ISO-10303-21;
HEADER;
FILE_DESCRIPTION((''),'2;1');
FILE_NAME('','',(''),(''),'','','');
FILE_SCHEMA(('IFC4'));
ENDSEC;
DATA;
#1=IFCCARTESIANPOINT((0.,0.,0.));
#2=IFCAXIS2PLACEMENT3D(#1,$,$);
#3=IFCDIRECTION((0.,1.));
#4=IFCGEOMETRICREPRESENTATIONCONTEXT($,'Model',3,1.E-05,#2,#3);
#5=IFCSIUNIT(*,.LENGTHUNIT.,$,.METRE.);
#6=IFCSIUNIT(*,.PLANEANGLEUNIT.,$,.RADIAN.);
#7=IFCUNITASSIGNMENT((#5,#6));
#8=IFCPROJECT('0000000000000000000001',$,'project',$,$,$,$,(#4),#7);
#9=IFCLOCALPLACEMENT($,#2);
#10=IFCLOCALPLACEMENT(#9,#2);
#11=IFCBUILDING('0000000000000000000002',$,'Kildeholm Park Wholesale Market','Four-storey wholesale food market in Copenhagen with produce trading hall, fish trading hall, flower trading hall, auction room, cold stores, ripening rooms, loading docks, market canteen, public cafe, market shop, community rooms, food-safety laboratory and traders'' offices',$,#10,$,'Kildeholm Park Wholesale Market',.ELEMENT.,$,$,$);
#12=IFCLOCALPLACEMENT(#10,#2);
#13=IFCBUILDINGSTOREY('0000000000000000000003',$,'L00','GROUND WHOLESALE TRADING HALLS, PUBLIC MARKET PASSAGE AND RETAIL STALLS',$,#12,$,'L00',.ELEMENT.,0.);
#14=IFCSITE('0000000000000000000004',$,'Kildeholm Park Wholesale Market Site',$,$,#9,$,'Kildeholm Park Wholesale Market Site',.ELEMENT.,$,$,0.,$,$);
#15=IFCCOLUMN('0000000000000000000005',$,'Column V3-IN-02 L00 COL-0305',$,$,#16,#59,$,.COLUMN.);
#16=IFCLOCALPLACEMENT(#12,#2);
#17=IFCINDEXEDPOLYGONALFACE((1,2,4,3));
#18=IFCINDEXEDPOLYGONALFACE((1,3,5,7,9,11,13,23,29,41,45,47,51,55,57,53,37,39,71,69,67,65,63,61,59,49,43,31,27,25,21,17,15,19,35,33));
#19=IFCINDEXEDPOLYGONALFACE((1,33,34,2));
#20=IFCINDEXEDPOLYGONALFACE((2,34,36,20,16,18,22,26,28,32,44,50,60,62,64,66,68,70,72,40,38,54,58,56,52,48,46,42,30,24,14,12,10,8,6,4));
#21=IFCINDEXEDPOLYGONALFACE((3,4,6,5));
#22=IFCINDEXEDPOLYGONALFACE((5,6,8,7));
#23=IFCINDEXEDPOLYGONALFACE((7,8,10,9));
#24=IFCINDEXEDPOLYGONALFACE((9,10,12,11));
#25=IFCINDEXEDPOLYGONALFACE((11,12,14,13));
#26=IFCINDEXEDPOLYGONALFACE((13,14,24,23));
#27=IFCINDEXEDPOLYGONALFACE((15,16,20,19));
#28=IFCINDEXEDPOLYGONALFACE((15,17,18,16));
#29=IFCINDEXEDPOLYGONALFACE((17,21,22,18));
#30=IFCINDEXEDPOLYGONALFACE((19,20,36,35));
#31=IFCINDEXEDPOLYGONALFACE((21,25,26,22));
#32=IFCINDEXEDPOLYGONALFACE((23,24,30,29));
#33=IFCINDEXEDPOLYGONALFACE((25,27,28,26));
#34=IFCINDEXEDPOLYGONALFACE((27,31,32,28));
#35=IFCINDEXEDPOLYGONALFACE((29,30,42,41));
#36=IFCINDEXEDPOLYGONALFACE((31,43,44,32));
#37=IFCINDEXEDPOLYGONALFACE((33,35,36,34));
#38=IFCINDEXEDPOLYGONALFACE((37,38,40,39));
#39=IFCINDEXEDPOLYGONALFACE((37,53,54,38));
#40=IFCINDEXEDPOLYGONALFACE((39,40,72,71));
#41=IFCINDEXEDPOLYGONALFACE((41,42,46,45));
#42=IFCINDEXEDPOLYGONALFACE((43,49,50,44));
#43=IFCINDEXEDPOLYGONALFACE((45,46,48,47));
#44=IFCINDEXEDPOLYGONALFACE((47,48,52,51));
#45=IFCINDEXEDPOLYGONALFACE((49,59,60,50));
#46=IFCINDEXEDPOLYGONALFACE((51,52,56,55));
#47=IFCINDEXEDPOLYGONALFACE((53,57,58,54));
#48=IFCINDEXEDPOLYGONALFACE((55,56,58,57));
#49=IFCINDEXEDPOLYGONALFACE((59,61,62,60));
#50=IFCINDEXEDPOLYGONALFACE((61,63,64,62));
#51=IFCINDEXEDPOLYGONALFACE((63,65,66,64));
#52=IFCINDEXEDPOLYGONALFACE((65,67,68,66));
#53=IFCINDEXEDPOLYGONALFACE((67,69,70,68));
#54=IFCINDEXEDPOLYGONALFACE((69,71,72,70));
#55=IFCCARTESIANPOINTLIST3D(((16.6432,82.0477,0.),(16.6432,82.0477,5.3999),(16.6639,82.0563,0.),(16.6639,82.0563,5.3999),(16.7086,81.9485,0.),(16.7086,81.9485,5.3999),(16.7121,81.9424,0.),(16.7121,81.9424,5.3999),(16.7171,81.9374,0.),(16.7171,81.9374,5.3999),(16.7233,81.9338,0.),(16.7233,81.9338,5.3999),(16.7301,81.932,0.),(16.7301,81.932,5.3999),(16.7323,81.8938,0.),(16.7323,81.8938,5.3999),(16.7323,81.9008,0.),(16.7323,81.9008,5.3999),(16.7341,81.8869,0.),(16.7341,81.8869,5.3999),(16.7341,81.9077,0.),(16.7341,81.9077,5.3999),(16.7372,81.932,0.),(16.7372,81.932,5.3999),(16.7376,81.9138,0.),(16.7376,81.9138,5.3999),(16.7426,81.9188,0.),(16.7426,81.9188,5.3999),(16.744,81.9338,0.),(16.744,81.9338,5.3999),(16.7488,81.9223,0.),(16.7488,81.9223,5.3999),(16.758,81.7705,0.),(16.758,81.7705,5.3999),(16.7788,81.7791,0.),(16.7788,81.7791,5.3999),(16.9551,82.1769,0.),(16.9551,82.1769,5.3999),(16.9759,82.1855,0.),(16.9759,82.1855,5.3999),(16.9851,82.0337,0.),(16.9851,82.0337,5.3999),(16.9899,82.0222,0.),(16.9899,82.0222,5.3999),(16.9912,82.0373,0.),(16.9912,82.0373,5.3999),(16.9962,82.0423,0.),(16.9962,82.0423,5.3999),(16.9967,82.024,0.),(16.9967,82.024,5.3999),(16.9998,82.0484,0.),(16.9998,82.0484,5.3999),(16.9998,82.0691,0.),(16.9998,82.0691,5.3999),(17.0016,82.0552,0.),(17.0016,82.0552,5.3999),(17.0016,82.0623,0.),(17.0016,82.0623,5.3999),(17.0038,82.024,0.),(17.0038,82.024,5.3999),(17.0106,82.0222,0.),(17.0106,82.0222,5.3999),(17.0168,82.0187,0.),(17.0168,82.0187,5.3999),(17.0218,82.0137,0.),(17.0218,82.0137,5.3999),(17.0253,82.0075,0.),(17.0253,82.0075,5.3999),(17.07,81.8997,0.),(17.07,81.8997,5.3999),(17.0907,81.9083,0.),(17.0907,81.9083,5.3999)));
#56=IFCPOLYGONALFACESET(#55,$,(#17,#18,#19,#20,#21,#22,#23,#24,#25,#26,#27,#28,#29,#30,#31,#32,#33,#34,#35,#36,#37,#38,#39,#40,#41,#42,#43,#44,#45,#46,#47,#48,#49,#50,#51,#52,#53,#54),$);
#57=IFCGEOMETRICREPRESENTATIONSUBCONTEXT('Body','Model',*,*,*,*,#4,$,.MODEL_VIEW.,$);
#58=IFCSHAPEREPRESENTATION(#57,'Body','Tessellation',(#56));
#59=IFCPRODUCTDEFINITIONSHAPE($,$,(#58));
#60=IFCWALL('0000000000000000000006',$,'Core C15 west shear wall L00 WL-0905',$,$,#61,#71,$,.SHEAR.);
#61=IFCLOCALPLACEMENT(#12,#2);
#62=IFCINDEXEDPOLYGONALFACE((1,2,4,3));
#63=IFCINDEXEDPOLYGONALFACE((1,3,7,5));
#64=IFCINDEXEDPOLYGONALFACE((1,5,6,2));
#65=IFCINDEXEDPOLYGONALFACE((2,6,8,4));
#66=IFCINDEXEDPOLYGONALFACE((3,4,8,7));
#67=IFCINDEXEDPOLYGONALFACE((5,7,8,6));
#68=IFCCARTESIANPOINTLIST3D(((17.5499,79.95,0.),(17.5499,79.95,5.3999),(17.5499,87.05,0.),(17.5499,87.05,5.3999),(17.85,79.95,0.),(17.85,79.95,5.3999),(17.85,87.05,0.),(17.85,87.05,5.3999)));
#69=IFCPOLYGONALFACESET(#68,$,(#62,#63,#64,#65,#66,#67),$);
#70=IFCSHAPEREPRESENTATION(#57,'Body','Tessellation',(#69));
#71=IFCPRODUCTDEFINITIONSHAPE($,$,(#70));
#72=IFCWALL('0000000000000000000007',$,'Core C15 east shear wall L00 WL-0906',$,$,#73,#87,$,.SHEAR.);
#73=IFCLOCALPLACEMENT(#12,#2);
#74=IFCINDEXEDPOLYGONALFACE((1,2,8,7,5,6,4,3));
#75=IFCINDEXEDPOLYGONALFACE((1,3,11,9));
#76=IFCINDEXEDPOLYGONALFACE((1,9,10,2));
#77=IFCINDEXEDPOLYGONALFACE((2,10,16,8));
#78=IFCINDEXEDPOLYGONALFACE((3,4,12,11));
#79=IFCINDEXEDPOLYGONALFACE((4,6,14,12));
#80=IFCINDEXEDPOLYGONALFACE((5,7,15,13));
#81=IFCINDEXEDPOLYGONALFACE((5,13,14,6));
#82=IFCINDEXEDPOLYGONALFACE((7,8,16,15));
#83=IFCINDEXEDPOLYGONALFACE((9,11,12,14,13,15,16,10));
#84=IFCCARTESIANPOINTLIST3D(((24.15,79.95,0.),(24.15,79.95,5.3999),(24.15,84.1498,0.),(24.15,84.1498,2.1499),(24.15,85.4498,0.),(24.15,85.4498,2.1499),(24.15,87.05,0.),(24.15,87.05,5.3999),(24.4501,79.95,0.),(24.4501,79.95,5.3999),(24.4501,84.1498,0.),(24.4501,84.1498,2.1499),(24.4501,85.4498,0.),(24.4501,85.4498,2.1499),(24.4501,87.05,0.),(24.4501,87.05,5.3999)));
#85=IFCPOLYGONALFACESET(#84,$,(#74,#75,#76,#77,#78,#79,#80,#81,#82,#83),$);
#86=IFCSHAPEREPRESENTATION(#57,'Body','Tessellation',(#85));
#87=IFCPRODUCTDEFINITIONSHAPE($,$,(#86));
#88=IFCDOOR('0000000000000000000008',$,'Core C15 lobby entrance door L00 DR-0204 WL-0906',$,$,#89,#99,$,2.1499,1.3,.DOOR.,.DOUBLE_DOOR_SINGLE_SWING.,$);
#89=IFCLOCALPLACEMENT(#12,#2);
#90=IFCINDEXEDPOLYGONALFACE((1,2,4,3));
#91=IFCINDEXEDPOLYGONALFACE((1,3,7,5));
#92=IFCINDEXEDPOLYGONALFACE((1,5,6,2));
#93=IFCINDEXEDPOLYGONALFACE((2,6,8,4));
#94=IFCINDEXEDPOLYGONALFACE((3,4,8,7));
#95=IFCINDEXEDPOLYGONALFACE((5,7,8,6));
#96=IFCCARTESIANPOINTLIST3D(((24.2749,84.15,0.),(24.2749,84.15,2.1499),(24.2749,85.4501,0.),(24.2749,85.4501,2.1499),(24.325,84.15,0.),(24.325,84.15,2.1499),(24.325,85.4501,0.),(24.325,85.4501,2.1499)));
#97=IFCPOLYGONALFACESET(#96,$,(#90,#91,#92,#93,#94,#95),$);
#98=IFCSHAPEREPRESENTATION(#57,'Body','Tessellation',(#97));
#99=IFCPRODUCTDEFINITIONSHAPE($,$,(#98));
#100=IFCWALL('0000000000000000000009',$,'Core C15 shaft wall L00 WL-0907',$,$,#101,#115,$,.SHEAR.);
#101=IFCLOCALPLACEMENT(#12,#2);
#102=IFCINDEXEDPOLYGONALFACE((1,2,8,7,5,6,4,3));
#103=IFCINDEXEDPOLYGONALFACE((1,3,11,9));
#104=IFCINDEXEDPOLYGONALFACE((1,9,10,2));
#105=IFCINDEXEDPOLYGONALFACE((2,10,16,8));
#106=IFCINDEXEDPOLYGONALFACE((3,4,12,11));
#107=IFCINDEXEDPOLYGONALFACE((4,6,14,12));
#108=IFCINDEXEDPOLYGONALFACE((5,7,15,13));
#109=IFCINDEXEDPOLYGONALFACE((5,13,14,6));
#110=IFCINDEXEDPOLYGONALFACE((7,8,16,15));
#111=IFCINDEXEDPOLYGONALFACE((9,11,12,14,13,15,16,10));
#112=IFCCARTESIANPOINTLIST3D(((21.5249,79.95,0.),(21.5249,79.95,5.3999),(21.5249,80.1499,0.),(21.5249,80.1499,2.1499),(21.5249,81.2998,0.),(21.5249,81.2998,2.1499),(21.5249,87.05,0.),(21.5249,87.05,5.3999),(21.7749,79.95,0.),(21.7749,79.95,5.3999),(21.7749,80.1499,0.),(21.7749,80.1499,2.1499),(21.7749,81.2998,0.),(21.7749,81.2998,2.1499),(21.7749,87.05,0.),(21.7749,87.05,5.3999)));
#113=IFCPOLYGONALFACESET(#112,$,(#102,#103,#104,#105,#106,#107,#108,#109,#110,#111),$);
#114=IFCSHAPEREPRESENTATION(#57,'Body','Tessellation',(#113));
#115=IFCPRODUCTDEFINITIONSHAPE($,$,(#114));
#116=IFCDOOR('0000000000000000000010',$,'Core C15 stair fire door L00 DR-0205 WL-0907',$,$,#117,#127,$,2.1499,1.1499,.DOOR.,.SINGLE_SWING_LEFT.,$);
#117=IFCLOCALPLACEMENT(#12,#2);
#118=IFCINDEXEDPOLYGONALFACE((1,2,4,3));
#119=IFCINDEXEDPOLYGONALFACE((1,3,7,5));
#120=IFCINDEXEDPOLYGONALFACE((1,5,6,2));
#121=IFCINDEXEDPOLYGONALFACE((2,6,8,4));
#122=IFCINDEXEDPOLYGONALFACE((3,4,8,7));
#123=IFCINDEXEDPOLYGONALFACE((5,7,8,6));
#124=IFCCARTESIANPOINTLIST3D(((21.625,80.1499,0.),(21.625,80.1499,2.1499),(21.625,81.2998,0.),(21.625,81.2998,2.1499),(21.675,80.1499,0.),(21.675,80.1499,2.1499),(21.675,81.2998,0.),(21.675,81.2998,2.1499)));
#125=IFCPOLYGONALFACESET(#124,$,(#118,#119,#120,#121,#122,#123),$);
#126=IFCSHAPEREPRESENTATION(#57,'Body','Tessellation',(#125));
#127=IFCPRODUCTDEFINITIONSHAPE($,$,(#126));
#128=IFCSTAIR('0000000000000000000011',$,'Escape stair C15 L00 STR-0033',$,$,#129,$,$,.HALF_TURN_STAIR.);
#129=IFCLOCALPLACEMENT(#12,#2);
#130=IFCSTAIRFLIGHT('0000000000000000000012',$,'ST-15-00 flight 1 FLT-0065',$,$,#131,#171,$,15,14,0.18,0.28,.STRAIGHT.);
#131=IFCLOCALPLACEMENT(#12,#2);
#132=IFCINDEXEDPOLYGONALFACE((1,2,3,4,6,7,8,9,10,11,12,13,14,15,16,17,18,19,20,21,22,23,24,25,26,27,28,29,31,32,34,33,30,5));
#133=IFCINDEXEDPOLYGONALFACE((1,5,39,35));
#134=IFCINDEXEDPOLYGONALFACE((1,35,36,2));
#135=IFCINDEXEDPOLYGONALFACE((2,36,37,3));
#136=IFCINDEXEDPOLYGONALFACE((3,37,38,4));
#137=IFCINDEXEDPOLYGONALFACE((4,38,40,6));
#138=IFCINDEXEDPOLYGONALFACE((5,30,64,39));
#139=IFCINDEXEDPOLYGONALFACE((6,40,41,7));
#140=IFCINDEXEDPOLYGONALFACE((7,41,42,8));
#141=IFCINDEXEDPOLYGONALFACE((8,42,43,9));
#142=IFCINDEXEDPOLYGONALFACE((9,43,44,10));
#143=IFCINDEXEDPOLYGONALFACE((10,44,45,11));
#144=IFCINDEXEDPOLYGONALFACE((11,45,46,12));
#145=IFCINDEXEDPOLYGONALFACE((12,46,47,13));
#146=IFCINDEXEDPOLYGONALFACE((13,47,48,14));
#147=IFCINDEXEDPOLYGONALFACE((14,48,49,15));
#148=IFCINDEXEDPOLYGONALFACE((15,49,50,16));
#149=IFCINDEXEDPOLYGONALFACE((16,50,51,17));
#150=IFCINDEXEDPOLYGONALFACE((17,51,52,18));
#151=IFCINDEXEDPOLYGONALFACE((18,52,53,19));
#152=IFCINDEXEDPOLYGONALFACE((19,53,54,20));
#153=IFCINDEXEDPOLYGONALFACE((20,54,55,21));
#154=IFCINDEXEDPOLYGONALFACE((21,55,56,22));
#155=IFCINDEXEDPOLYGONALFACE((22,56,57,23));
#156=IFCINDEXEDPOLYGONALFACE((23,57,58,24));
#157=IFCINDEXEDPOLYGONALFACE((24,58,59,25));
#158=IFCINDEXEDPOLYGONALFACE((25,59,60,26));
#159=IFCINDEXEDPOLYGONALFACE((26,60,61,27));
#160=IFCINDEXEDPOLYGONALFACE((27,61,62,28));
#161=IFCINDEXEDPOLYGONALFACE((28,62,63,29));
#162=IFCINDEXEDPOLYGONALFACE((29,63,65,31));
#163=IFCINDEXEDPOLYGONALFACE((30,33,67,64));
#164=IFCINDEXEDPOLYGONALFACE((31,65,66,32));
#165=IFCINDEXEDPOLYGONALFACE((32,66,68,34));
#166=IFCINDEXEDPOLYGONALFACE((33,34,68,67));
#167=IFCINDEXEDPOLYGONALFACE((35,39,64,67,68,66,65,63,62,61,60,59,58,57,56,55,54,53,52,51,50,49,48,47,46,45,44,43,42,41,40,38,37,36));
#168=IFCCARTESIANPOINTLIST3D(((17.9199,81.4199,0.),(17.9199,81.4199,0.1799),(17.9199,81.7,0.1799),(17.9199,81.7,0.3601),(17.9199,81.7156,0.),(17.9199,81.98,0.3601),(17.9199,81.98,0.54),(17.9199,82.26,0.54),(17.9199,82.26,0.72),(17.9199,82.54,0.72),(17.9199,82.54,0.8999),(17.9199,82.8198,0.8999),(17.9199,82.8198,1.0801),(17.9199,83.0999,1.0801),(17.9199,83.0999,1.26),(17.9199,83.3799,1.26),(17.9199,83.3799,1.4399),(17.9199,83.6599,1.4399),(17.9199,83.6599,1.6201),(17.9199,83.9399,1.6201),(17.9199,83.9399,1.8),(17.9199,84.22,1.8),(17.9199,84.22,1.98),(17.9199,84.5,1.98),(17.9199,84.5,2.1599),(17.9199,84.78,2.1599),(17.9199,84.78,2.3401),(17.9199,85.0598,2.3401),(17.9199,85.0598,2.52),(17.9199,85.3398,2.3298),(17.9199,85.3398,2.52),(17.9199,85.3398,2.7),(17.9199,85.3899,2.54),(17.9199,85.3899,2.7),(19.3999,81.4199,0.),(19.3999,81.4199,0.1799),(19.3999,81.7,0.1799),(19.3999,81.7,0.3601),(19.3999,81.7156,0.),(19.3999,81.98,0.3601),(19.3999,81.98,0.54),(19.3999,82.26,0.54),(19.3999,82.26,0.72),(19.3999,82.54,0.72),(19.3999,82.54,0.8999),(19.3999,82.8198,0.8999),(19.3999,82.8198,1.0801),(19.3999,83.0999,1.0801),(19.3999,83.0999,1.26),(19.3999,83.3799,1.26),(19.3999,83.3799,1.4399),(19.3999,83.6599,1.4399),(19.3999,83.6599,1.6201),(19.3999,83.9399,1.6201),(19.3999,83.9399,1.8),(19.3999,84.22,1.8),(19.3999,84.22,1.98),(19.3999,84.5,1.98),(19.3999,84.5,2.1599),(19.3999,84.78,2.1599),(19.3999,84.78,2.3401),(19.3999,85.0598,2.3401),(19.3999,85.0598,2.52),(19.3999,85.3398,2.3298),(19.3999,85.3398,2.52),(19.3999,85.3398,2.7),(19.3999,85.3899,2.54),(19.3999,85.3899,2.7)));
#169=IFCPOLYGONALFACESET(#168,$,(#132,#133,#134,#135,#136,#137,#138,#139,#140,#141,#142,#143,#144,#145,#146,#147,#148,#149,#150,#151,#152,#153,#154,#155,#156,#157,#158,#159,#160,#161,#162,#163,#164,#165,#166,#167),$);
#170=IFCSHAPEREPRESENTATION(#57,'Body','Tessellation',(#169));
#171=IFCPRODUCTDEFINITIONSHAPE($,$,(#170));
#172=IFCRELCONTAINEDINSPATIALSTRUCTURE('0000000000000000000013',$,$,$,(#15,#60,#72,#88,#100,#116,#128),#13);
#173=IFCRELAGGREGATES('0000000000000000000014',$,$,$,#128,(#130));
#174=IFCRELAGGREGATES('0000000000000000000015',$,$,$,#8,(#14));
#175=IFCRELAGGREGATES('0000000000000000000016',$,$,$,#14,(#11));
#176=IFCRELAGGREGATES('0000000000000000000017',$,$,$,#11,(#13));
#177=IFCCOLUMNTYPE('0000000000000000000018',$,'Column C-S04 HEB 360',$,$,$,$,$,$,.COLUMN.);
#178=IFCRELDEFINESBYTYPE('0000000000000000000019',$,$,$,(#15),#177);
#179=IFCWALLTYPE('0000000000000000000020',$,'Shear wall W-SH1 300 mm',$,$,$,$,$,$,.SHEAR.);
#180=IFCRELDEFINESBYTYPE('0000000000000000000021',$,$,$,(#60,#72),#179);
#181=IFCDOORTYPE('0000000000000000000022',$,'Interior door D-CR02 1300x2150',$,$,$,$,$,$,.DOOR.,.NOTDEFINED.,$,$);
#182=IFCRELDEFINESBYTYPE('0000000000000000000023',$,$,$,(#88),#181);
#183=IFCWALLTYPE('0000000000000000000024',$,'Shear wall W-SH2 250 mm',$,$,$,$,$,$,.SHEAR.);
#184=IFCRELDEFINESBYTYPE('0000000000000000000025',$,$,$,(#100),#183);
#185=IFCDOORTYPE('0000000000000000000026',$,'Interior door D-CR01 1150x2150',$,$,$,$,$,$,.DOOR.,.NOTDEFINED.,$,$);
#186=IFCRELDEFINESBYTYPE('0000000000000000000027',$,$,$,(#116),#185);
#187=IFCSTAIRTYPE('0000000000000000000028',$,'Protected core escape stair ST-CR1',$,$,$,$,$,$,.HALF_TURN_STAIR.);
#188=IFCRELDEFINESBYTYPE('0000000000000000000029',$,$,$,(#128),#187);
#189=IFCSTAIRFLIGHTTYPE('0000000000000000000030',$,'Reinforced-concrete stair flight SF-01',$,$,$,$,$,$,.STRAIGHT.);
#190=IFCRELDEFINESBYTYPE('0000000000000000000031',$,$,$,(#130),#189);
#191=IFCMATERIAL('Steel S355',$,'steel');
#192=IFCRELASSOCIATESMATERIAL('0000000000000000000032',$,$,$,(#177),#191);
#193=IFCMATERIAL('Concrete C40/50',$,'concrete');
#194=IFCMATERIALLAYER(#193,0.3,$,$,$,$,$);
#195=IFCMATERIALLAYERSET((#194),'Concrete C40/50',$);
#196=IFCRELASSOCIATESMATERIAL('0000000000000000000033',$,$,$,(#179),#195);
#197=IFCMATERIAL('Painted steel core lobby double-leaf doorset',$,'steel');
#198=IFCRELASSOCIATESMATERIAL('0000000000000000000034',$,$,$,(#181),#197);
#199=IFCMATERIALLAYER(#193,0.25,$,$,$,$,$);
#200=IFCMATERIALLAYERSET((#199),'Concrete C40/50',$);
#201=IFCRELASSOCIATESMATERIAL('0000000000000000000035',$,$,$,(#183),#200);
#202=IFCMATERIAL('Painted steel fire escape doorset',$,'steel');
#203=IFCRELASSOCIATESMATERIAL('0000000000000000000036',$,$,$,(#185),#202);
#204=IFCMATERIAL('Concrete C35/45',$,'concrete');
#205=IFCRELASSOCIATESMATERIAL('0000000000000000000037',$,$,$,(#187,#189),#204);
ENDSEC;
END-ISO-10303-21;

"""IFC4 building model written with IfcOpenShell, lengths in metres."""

from ifc_helpers import new_model, si_unit, direction, frame, frame_2d, origin, origin_2d, place, context, subcontext, project, spatial, polyline, rectangle, i_section, outline, extrude, material, layer, layer_set, material_profile, profile_set, type_object, element, fill, aggregate, save


model = new_model("IFC4")

# Units and contexts
model_context = context("Model", 3, precision=1e-05, world=origin(), true_north=direction((0.0, 1.0)))
body_context = subcontext(model_context, "Body", "Model", "MODEL_VIEW")
ifc_project = project(units=[si_unit("LENGTHUNIT", "METRE"), si_unit("PLANEANGLEUNIT", "RADIAN")], contexts=[model_context])

# Site, building, storey
site_placement = place(None, origin())
site = spatial("IfcSite", under=ifc_project, at=site_placement, Name="Kildeholm Park Wholesale Market Site", LongName="Kildeholm Park Wholesale Market Site", CompositionType="ELEMENT", RefElevation=0.0)
building_placement = place(site_placement, origin())
building = spatial("IfcBuilding", under=site, at=building_placement, Name="Kildeholm Park Wholesale Market", Description="Four-storey wholesale food market in Copenhagen with produce trading hall, fish trading hall, flower trading hall, auction room, cold stores, ripening rooms, loading docks, market canteen, public cafe, market shop, community rooms, food-safety laboratory and traders' offices", LongName="Kildeholm Park Wholesale Market", CompositionType="ELEMENT")
storey_placement = place(building_placement, origin())
storey = spatial("IfcBuildingStorey", under=building, at=storey_placement, Name="L00", Description="GROUND WHOLESALE TRADING HALLS, PUBLIC MARKET PASSAGE AND RETAIL STALLS", LongName="L00", CompositionType="ELEMENT", Elevation=0.0)

# Shared definitions
ifc_material_1 = material(Name="Concrete C35/45", Category="concrete")

# Column
ifc_material_2 = material(Name="Steel S355", Category="steel")
ifc_material_profile_1 = material_profile(ifc_material_2, i_section(OverallWidth=0.3, OverallDepth=0.3601, WebThickness=0.0125, FlangeThickness=0.0225, FilletRadius=0.0271, at=origin_2d()), Name="HEB 360")
ifc_profile_set_1 = profile_set([ifc_material_profile_1], Name="Steel S355")
column_type = type_object("IfcColumnType", Name="Column C-S04 HEB 360", PredefinedType="COLUMN", material=ifc_profile_set_1)
for number, where, z_axis, x_axis, name in (
    (1, (16.8669, 81.978, 0.0), (0.0, 0.0, 1.0), (-0.382683, 0.92388, 0.0), "Column V3-IN-02 L00 COL-0305"),
):
    element("IfcColumn", number, at=place(storey_placement, frame(where, z_axis=z_axis, x_axis=x_axis)), inside=storey, type_object=column_type, Name=name, PredefinedType="COLUMN", context=body_context, shape_type="SweptSolid", body=[
        extrude(i_section(OverallWidth=0.3, OverallDepth=0.3601, WebThickness=0.0125, FlangeThickness=0.0225, FilletRadius=0.0271, at=origin_2d()), origin(), (0.0, 0.0, 1.0), 5.3999),
    ])

# Wall
ifc_material_3 = material(Name="Concrete C40/50", Category="concrete")
ifc_layer_1 = layer(ifc_material_3, 0.3)
ifc_layer_set_1 = layer_set([ifc_layer_1], Name="Concrete C40/50")
wall_type_1 = type_object("IfcWallType", Name="Shear wall W-SH1 300 mm", PredefinedType="SHEAR", material=ifc_layer_set_1)
wall_1_placement = place(storey_placement, frame((17.7, 79.95, 0.0), z_axis=(0.0, 0.0, 1.0), x_axis=(0.0, 1.0, 0.0)))
element("IfcWall", 2, at=wall_1_placement, inside=storey, type_object=wall_type_1, Name="Core C15 west shear wall L00 WL-0905", PredefinedType="SHEAR", context=body_context, shape_type="SweptSolid", body=[
    extrude(rectangle(XDim=7.1001, YDim=0.3, at=frame_2d((3.55, 0.0))), origin(), (0.0, 0.0, 1.0), 5.3999),
])

# Walls, openings, doors
wall_2_placement = place(storey_placement, frame((24.3, 79.95, 0.0), z_axis=(0.0, 0.0, 1.0), x_axis=(0.0, 1.0, 0.0)))
wall_2 = element("IfcWall", 3, at=wall_2_placement, inside=storey, type_object=wall_type_1, Name="Core C15 east shear wall L00 WL-0906", PredefinedType="SHEAR", context=body_context, shape_type="SweptSolid", body=[
    extrude(rectangle(XDim=7.1001, YDim=0.3, at=frame_2d((3.55, 0.0))), origin(), (0.0, 0.0, 1.0), 5.3999),
])
opening_1_placement = place(wall_2_placement, frame((4.2, 0.0, 0.0)))
opening_1 = element("IfcOpeningElement", 4, at=opening_1_placement, cuts=wall_2, PredefinedType="OPENING", context=body_context, shape_type="SweptSolid", body=[
    extrude(rectangle(XDim=1.3, YDim=2.1499, at=frame_2d((0.6499, 1.075))), frame((0.0, 0.1599, 0.0), z_axis=(0.0, -1.0, 0.0), x_axis=(1.0, 0.0, 0.0)), (0.0, 0.0, 1.0), 0.3201),
])
ifc_material_4 = material(Name="Painted steel core lobby double-leaf doorset", Category="steel")
door_type_1 = type_object("IfcDoorType", Name="Interior door D-CR02 1300x2150", OperationType="NOTDEFINED", PredefinedType="DOOR", material=ifc_material_4)
door_1_placement = place(opening_1_placement, frame((1.3, 0.0, 0.0), z_axis=(0.0, 0.0, 1.0), x_axis=(-1.0, 0.0, 0.0)))
door_1 = element("IfcDoor", 5, at=door_1_placement, inside=storey, type_object=door_type_1, Name="Core C15 lobby entrance door L00 DR-0204 WL-0906", OperationType="DOUBLE_DOOR_SINGLE_SWING", OverallHeight=2.1499, OverallWidth=1.3, PredefinedType="DOOR", context=body_context, shape_type="SweptSolid", body=[
    extrude(rectangle(XDim=1.3, YDim=2.1499, at=frame_2d((0.6499, 1.075))), frame((0.0, 0.0249, 0.0), z_axis=(0.0, -1.0, 0.0), x_axis=(1.0, 0.0, 0.0)), (0.0, 0.0, 1.0), 0.05),
])
fill(opening_1, door_1)
ifc_layer_2 = layer(ifc_material_3, 0.25)
ifc_layer_set_2 = layer_set([ifc_layer_2], Name="Concrete C40/50")
wall_type_2 = type_object("IfcWallType", Name="Shear wall W-SH2 250 mm", PredefinedType="SHEAR", material=ifc_layer_set_2)
wall_3_placement = place(storey_placement, frame((21.6499, 79.95, 0.0), z_axis=(0.0, 0.0, 1.0), x_axis=(0.0, 1.0, 0.0)))
wall_3 = element("IfcWall", 6, at=wall_3_placement, inside=storey, type_object=wall_type_2, Name="Core C15 shaft wall L00 WL-0907", PredefinedType="SHEAR", context=body_context, shape_type="SweptSolid", body=[
    extrude(rectangle(XDim=7.1001, YDim=0.25, at=frame_2d((3.55, 0.0))), origin(), (0.0, 0.0, 1.0), 5.3999),
])
opening_2_placement = place(wall_3_placement, frame((0.2, 0.0, 0.0)))
opening_2 = element("IfcOpeningElement", 7, at=opening_2_placement, cuts=wall_3, PredefinedType="OPENING", context=body_context, shape_type="SweptSolid", body=[
    extrude(rectangle(XDim=1.1499, YDim=2.1499, at=frame_2d((0.575, 1.075))), frame((0.0, 0.135, 0.0), z_axis=(0.0, -1.0, 0.0), x_axis=(1.0, 0.0, 0.0)), (0.0, 0.0, 1.0), 0.27),
])
ifc_material_5 = material(Name="Painted steel fire escape doorset", Category="steel")
door_type_2 = type_object("IfcDoorType", Name="Interior door D-CR01 1150x2150", OperationType="NOTDEFINED", PredefinedType="DOOR", material=ifc_material_5)
door_2_placement = place(opening_2_placement, origin())
door_2 = element("IfcDoor", 8, at=door_2_placement, inside=storey, type_object=door_type_2, Name="Core C15 stair fire door L00 DR-0205 WL-0907", OperationType="SINGLE_SWING_LEFT", OverallHeight=2.1499, OverallWidth=1.1499, PredefinedType="DOOR", context=body_context, shape_type="SweptSolid", body=[
    extrude(rectangle(XDim=1.1499, YDim=2.1499, at=frame_2d((0.575, 1.075))), frame((0.0, 0.0249, 0.0), z_axis=(0.0, -1.0, 0.0), x_axis=(1.0, 0.0, 0.0)), (0.0, 0.0, 1.0), 0.05),
])
fill(opening_2, door_2)

# Stair, stair flight
stair_type = type_object("IfcStairType", Name="Protected core escape stair ST-CR1", PredefinedType="HALF_TURN_STAIR", material=ifc_material_1)
stair_placement = place(storey_placement, origin())
stair = element("IfcStair", 9, at=stair_placement, inside=storey, type_object=stair_type, Name="Escape stair C15 L00 STR-0033", PredefinedType="HALF_TURN_STAIR")
stair_flight_type = type_object("IfcStairFlightType", Name="Reinforced-concrete stair flight SF-01", PredefinedType="STRAIGHT", material=ifc_material_1)
stair_flight_1_placement = place(storey_placement, frame((18.6599, 81.4199, 0.0), z_axis=(0.0, 0.0, 1.0), x_axis=(0.0, 1.0, 0.0)))
stair_flight_1 = element("IfcStairFlight", 10, at=stair_flight_1_placement, type_object=stair_flight_type, Name="ST-15-00 flight 1 FLT-0065", NumberOfRisers=15, NumberOfTreads=14, PredefinedType="STRAIGHT", RiserHeight=0.18, TreadLength=0.28, context=body_context, shape_type="SweptSolid", body=[
    extrude(outline(polyline([(0.0, 0.0), (0.0, 0.1799), (0.28, 0.1799), (0.28, 0.3601), (0.5601, 0.3601), (0.5601, 0.54), (0.8401, 0.54), (0.8401, 0.72), (1.1201, 0.72), (1.1201, 0.8999), (1.3999, 0.8999), (1.3999, 1.0801), (1.6799, 1.0801), (1.6799, 1.26), (1.96, 1.26), (1.96, 1.4399), (2.24, 1.4399), (2.24, 1.6201), (2.52, 1.6201), (2.52, 1.8), (2.8, 1.8), (2.8, 1.98), (3.0801, 1.98), (3.0801, 2.1599), (3.3601, 2.1599), (3.3601, 2.3401), (3.6399, 2.3401), (3.6399, 2.52), (3.9199, 2.52), (3.9199, 2.7), (3.97, 2.7), (3.97, 2.54), (3.9199, 2.3298), (0.2957, 0.0), (0.0, 0.0)])), frame((0.0, 0.74, 0.0), z_axis=(0.0, -1.0, 0.0), x_axis=(1.0, 0.0, 0.0)), (0.0, 0.0, 1.0), 1.48),
])
aggregate(stair, [stair_flight_1])

save(model, "model.ifc")
